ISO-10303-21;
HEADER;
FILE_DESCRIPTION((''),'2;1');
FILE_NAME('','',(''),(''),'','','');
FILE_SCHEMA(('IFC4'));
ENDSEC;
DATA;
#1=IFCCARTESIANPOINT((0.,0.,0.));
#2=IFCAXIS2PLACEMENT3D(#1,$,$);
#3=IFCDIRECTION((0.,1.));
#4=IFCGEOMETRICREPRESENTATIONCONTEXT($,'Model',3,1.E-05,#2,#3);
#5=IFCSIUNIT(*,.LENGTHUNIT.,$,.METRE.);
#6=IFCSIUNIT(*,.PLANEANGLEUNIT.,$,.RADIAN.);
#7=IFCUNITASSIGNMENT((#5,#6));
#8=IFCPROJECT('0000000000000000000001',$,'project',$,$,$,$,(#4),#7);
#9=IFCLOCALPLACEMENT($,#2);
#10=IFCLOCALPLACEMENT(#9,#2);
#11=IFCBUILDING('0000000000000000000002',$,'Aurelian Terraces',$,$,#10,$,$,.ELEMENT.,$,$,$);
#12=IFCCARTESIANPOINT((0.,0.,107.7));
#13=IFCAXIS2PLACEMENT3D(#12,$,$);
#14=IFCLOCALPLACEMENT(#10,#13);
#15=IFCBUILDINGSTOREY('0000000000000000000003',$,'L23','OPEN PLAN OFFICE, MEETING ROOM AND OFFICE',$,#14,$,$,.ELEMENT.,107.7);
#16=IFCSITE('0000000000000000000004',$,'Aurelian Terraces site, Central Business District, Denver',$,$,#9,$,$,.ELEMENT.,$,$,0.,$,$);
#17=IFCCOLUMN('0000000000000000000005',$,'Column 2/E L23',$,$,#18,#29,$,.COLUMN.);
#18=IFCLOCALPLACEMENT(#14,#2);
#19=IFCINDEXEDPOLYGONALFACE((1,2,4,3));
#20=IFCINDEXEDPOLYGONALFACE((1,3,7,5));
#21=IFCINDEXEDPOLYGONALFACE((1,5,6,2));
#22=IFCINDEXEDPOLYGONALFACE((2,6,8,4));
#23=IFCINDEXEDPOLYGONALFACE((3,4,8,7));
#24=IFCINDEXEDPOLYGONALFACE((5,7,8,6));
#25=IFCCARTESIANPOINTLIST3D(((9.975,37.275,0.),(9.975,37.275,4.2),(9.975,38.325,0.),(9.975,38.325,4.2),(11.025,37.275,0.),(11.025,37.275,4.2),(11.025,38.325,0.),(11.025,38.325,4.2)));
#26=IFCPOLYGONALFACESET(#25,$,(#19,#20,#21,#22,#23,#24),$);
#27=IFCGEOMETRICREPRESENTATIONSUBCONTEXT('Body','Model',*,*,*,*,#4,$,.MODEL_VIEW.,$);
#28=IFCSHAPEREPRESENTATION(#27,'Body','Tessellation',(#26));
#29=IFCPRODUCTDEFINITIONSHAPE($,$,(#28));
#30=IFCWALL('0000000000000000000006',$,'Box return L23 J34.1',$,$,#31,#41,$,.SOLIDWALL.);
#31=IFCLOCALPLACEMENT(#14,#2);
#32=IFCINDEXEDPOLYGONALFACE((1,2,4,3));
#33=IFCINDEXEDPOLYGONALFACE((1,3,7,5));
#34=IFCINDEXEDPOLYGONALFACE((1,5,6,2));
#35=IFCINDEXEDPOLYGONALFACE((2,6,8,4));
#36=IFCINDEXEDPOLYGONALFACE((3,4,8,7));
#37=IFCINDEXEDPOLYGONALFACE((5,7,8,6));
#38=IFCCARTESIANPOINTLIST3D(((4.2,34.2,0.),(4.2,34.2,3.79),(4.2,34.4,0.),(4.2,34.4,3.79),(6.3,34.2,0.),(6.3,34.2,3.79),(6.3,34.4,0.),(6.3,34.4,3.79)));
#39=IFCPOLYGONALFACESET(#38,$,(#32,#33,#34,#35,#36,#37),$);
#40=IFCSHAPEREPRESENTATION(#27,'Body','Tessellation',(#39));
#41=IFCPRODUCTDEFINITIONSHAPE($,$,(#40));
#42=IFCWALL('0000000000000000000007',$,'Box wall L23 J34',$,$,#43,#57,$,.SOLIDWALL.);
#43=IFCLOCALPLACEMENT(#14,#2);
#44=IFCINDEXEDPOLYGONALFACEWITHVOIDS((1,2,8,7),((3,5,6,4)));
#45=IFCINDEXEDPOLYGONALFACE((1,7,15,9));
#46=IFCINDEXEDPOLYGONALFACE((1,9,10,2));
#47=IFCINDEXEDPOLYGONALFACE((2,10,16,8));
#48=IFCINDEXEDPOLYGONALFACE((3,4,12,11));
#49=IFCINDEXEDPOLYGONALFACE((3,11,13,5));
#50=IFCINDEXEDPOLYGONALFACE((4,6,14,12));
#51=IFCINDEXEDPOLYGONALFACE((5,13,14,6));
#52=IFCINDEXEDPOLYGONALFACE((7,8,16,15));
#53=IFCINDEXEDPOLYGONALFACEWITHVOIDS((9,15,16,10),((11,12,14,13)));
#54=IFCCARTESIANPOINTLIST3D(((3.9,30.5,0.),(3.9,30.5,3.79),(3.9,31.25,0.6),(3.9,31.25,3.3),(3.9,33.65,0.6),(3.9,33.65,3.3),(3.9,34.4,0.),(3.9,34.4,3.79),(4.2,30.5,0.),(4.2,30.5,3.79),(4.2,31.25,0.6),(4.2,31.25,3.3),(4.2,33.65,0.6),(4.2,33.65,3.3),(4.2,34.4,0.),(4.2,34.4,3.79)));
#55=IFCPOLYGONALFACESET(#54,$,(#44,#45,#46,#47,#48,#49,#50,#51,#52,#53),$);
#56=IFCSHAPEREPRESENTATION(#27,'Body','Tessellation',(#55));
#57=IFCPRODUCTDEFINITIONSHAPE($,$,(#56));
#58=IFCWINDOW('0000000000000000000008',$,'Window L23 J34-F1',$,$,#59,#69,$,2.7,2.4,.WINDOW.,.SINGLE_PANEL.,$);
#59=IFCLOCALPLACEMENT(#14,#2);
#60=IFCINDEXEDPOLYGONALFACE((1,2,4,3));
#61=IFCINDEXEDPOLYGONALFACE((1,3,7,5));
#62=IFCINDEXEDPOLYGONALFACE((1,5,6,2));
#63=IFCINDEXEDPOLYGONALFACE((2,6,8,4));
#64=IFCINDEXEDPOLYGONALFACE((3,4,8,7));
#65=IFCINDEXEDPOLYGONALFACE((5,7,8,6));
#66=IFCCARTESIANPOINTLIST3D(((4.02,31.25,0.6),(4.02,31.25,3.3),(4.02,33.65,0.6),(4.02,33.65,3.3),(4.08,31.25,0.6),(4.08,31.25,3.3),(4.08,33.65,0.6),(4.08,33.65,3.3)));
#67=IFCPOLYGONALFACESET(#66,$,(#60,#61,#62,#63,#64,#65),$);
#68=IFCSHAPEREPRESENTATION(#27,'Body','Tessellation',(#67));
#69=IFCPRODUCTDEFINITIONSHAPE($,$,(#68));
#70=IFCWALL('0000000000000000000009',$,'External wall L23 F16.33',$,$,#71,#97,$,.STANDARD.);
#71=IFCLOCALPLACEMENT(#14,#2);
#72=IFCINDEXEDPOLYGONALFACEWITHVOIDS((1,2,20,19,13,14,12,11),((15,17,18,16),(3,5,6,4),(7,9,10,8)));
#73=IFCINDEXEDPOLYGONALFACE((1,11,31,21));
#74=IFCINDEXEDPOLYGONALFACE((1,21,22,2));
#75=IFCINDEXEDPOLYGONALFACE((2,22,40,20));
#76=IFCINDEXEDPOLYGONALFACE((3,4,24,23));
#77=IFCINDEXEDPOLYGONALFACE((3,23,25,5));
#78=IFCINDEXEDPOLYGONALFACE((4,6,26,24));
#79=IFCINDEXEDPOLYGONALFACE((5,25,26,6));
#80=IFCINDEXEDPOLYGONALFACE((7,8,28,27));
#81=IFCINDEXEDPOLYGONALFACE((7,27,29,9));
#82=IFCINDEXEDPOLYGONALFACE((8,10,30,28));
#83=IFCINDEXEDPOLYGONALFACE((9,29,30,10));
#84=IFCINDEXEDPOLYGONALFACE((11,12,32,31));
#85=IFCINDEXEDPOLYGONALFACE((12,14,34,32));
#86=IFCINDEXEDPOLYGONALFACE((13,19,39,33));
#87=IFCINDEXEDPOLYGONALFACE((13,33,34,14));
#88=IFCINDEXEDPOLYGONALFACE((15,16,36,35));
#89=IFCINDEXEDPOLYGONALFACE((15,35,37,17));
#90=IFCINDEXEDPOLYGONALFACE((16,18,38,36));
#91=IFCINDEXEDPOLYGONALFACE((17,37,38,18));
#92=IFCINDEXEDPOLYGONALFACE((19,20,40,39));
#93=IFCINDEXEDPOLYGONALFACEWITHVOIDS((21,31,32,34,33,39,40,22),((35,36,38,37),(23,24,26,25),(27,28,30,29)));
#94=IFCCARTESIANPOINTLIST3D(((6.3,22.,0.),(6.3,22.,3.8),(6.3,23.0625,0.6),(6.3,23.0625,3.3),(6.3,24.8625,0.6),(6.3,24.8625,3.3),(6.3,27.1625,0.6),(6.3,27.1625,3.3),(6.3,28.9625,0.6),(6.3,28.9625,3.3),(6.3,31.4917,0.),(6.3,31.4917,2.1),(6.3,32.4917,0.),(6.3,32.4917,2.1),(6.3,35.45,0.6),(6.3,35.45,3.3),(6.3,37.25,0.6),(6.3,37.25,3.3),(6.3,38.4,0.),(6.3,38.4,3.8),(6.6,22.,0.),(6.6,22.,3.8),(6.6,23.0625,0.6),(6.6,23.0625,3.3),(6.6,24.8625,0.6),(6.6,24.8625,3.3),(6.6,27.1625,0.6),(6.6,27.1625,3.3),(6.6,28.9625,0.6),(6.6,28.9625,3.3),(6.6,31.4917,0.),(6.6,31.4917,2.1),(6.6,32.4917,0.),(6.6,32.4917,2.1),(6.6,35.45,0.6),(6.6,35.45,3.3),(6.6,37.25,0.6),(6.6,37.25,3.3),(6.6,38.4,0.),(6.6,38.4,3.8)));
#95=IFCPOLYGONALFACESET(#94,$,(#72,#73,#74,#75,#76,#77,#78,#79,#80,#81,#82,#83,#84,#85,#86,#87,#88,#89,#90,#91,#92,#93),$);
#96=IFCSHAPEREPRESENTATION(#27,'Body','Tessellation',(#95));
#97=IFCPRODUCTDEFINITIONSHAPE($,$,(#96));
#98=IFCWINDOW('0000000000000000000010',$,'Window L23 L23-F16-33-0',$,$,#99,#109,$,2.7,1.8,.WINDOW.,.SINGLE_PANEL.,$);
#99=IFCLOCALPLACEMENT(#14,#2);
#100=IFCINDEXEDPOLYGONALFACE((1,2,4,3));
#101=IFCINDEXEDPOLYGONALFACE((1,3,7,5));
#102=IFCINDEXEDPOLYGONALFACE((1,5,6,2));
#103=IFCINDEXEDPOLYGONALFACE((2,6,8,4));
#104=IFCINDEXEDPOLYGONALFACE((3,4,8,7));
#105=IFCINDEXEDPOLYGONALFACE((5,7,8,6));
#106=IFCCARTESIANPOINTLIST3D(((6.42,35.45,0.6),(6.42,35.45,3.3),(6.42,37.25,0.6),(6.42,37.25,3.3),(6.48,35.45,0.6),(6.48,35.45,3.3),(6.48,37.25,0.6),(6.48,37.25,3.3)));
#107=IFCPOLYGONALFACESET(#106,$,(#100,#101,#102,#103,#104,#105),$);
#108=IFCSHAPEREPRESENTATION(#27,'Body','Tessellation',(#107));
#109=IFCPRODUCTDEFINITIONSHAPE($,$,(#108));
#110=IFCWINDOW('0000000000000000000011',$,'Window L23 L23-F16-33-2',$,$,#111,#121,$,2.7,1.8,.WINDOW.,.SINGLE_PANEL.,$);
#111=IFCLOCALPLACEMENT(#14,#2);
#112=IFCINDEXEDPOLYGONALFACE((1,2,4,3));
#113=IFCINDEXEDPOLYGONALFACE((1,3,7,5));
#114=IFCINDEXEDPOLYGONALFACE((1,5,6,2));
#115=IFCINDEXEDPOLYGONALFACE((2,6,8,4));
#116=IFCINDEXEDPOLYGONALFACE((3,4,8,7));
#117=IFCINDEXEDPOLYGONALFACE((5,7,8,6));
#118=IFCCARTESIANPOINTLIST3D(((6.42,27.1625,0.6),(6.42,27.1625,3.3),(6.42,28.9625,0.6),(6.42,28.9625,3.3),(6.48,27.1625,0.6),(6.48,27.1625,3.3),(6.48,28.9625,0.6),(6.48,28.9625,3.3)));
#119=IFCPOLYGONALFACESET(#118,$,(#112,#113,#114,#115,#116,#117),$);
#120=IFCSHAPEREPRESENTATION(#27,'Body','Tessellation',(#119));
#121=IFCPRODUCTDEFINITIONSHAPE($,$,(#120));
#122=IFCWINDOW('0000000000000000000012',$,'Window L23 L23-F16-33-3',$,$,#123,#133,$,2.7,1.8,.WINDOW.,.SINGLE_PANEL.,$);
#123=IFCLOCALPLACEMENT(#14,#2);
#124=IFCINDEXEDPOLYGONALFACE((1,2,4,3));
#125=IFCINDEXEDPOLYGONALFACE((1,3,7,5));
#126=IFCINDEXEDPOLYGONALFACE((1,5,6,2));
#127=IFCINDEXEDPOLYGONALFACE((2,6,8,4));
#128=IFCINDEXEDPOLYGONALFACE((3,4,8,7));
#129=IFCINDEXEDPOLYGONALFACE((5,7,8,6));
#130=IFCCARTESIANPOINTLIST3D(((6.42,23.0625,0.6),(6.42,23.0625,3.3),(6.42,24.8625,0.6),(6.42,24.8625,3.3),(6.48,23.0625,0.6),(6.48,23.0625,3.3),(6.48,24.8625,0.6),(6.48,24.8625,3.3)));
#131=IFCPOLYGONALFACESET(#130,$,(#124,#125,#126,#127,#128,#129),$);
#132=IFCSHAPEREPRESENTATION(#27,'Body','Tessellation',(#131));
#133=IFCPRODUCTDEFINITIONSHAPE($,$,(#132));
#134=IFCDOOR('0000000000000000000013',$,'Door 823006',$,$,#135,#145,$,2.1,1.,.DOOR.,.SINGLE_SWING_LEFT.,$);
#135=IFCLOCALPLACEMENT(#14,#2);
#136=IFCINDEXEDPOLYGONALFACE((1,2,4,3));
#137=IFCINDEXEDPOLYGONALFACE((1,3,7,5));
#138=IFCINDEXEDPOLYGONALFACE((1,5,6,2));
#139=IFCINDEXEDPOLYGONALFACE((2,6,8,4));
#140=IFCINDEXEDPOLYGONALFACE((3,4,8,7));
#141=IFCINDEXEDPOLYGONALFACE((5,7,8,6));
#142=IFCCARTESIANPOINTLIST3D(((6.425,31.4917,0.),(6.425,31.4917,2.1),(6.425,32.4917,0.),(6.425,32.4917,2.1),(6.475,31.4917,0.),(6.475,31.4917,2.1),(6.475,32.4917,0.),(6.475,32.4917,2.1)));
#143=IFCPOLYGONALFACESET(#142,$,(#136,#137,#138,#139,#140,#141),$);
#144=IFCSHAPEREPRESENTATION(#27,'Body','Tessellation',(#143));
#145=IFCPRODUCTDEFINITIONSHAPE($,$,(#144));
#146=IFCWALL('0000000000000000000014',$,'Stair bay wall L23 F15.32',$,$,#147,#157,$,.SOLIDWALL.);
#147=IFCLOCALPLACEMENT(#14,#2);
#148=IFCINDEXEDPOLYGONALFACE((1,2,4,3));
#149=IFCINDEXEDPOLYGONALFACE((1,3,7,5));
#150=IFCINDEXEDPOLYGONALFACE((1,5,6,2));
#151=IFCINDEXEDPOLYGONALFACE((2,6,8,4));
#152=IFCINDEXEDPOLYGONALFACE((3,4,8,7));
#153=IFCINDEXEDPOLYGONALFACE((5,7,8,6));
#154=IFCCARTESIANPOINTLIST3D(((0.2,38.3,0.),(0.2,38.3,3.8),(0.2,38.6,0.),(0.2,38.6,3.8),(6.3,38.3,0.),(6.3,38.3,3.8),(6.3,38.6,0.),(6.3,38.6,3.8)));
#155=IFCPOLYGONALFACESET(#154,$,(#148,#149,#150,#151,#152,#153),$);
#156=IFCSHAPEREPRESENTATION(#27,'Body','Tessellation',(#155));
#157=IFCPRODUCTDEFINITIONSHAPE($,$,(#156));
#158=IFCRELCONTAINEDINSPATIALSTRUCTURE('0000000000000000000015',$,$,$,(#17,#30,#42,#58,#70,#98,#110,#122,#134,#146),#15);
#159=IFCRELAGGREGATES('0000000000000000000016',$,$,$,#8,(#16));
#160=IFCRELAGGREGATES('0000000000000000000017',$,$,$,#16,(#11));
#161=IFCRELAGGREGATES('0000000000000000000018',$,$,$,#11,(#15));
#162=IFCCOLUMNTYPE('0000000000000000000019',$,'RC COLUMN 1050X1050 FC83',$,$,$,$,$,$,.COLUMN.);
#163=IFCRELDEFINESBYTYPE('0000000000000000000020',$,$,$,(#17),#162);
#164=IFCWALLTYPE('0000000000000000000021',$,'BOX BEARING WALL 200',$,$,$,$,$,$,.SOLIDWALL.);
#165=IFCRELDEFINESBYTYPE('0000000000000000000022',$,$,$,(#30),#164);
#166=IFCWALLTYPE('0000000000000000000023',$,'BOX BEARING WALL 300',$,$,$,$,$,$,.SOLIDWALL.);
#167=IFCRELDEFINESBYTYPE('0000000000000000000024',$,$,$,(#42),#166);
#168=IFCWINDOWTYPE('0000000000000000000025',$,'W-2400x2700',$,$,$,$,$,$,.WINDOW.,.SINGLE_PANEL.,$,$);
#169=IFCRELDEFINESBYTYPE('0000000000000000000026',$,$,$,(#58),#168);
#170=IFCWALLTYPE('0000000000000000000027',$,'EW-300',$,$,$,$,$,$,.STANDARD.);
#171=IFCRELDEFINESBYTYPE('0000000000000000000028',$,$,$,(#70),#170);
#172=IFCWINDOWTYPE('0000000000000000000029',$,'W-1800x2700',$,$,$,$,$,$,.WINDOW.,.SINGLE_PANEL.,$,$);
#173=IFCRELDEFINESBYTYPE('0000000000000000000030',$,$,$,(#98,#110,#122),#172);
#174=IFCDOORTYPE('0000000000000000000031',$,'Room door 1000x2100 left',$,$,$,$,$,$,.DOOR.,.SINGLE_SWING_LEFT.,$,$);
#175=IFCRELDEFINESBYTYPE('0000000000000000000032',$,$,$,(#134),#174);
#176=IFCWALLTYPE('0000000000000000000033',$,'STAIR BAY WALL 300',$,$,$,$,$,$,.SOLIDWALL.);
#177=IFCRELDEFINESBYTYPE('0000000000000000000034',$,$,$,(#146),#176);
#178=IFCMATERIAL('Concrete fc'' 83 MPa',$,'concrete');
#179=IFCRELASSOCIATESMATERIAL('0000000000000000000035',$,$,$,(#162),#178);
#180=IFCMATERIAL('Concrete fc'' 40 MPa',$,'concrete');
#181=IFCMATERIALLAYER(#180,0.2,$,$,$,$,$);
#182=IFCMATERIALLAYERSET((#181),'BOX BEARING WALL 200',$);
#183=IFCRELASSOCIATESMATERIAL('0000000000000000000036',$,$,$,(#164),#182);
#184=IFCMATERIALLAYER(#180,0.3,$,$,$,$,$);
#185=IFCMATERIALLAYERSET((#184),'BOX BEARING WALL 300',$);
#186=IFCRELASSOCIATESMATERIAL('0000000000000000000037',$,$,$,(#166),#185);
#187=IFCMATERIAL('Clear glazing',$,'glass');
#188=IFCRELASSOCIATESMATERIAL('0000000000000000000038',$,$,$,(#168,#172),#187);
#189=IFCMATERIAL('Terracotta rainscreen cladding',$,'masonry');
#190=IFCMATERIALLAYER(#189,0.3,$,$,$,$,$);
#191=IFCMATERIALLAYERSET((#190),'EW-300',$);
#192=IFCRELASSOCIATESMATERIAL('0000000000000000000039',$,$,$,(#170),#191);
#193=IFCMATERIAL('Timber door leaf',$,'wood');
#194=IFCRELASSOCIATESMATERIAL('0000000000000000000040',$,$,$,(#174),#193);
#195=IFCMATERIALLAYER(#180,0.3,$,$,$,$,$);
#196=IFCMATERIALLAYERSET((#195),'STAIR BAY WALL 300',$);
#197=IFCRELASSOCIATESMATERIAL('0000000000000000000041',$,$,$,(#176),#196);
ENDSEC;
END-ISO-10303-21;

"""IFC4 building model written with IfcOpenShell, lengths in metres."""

from ifc_helpers import new_model, si_unit, direction, frame, frame_2d, origin, origin_2d, place, context, subcontext, project, spatial, rectangle, extrude, source, transform, mapped, material, layer, layer_set, material_profile, profile_set, type_object, element, fill, save


model = new_model("IFC4")

# Units and contexts
model_context = context("Model", 3, precision=1e-05, world=origin(), true_north=direction((0.0, 1.0)))
body_context = subcontext(model_context, "Body", "Model", "MODEL_VIEW")
ifc_project = project(units=[si_unit("LENGTHUNIT", "METRE"), si_unit("PLANEANGLEUNIT", "RADIAN")], contexts=[model_context])

# Site, building, storey
site_placement = place(None, origin())
site = spatial("IfcSite", under=ifc_project, at=site_placement, Name="Aurelian Terraces site, Central Business District, Denver", CompositionType="ELEMENT", RefElevation=0.0)
building_placement = place(site_placement, origin())
building = spatial("IfcBuilding", under=site, at=building_placement, Name="Aurelian Terraces", CompositionType="ELEMENT")
storey_placement = place(building_placement, frame((0.0, 0.0, 107.7)))
storey = spatial("IfcBuildingStorey", under=building, at=storey_placement, Name="L23", Description="OPEN PLAN OFFICE, MEETING ROOM AND OFFICE", CompositionType="ELEMENT", Elevation=107.7)

# Column
ifc_material_1 = material(Name="Concrete fc' 83 MPa", Category="concrete")
ifc_material_profile = material_profile(ifc_material_1, rectangle(XDim=1.05, YDim=1.05, at=origin_2d()))
ifc_profile_set = profile_set([ifc_material_profile], Name="Concrete fc' 83 MPa")
column_type = type_object("IfcColumnType", Name="RC COLUMN 1050X1050 FC83", PredefinedType="COLUMN", material=ifc_profile_set)
shared_shape_1 = source(origin(), body_context, "Body", "SweptSolid", [
    extrude(rectangle(XDim=1.05, YDim=1.05, at=origin_2d()), origin(), (0.0, 0.0, 1.0), 4.2),
])
column_placement = place(storey_placement, frame((10.5, 37.8, 0.0), z_axis=(0.0, 0.0, 1.0), x_axis=(1.0, 0.0, 0.0)))
element("IfcColumn", 1, at=column_placement, inside=storey, type_object=column_type, Name="Column 2/E L23", PredefinedType="COLUMN", context=body_context, shape_type="MappedRepresentation", body=[
    mapped(shared_shape_1, transform((0.0, 0.0, 0.0), scale=1.0)),
])

# Wall
ifc_material_2 = material(Name="Concrete fc' 40 MPa", Category="concrete")
ifc_layer_1 = layer(ifc_material_2, 0.2)
ifc_layer_set_1 = layer_set([ifc_layer_1], Name="BOX BEARING WALL 200")
wall_type_1 = type_object("IfcWallType", Name="BOX BEARING WALL 200", PredefinedType="SOLIDWALL", material=ifc_layer_set_1)
wall_1_placement = place(storey_placement, frame((6.3, 34.3, 0.0), z_axis=(0.0, 0.0, 1.0), x_axis=(-1.0, 0.0, 0.0)))
element("IfcWall", 2, at=wall_1_placement, inside=storey, type_object=wall_type_1, Name="Box return L23 J34.1", PredefinedType="SOLIDWALL", context=body_context, shape_type="SweptSolid", body=[
    extrude(rectangle(XDim=2.1, YDim=0.2, at=frame_2d((1.05, 0.0))), origin(), (0.0, 0.0, 1.0), 3.79),
])

# Wall, opening, window
ifc_layer_2 = layer(ifc_material_2, 0.3)
ifc_layer_set_2 = layer_set([ifc_layer_2], Name="BOX BEARING WALL 300")
wall_type_2 = type_object("IfcWallType", Name="BOX BEARING WALL 300", PredefinedType="SOLIDWALL", material=ifc_layer_set_2)
wall_2_placement = place(storey_placement, frame((4.05, 34.4, 0.0), z_axis=(0.0, 0.0, 1.0), x_axis=(0.0, -1.0, 0.0)))
wall_2 = element("IfcWall", 3, at=wall_2_placement, inside=storey, type_object=wall_type_2, Name="Box wall L23 J34", PredefinedType="SOLIDWALL", context=body_context, shape_type="SweptSolid", body=[
    extrude(rectangle(XDim=3.9, YDim=0.3, at=frame_2d((1.95, 0.0))), origin(), (0.0, 0.0, 1.0), 3.79),
])
shared_shape_2 = source(origin(), body_context, "Body", "SweptSolid", [
    extrude(rectangle(XDim=2.4, YDim=2.7, at=frame_2d((1.2, 1.35))), frame((0.0, 0.16, 0.0), z_axis=(0.0, -1.0, 0.0), x_axis=(1.0, 0.0, 0.0)), (0.0, 0.0, 1.0), 0.32),
])
opening_1_placement = place(wall_2_placement, frame((0.75, 0.0, 0.6)))
opening_1 = element("IfcOpeningElement", 4, at=opening_1_placement, cuts=wall_2, PredefinedType="OPENING", context=body_context, shape_type="MappedRepresentation", body=[
    mapped(shared_shape_2, transform((0.0, 0.0, 0.0), scale=1.0)),
])
ifc_material_3 = material(Name="Clear glazing", Category="glass")
window_type_1 = type_object("IfcWindowType", Name="W-2400x2700", PartitioningType="SINGLE_PANEL", PredefinedType="WINDOW", material=ifc_material_3)
shared_shape_3 = source(origin(), body_context, "Body", "SweptSolid", [
    extrude(rectangle(XDim=2.4, YDim=2.7, at=frame_2d((1.2, 1.35))), frame((0.0, 0.03, 0.0), z_axis=(0.0, -1.0, 0.0), x_axis=(1.0, 0.0, 0.0)), (0.0, 0.0, 1.0), 0.06),
])
window_1_placement = place(opening_1_placement, origin())
window_1 = element("IfcWindow", 5, at=window_1_placement, inside=storey, type_object=window_type_1, Name="Window L23 J34-F1", OverallHeight=2.7, OverallWidth=2.4, PartitioningType="SINGLE_PANEL", PredefinedType="WINDOW", context=body_context, shape_type="MappedRepresentation", body=[
    mapped(shared_shape_3, transform((0.0, 0.0, 0.0), scale=1.0)),
])
fill(opening_1, window_1)

# Wall, openings, windows, door
ifc_material_4 = material(Name="Terracotta rainscreen cladding", Category="masonry")
ifc_layer_3 = layer(ifc_material_4, 0.3)
ifc_layer_set_3 = layer_set([ifc_layer_3], Name="EW-300")
wall_type_3 = type_object("IfcWallType", Name="EW-300", PredefinedType="STANDARD", material=ifc_layer_set_3)
wall_3_placement = place(storey_placement, frame((6.45, 38.4, 0.0), z_axis=(0.0, 0.0, 1.0), x_axis=(0.0, -1.0, 0.0)))
wall_3 = element("IfcWall", 6, at=wall_3_placement, inside=storey, type_object=wall_type_3, Name="External wall L23 F16.33", PredefinedType="STANDARD", context=body_context, shape_type="SweptSolid", body=[
    extrude(rectangle(XDim=16.4, YDim=0.3, at=frame_2d((8.2, 0.0))), origin(), (0.0, 0.0, 1.0), 3.8),
])
shared_shape_4 = source(origin(), body_context, "Body", "SweptSolid", [
    extrude(rectangle(XDim=1.8, YDim=2.7, at=frame_2d((0.9, 1.35))), frame((0.0, 0.16, 0.0), z_axis=(0.0, -1.0, 0.0), x_axis=(1.0, 0.0, 0.0)), (0.0, 0.0, 1.0), 0.32),
])
opening_2_placement = place(wall_3_placement, frame((1.15, 0.0, 0.6)))
opening_2 = element("IfcOpeningElement", 7, at=opening_2_placement, cuts=wall_3, PredefinedType="OPENING", context=body_context, shape_type="MappedRepresentation", body=[
    mapped(shared_shape_4, transform((0.0, 0.0, 0.0), scale=1.0)),
])
opening_3_placement = place(wall_3_placement, frame((9.4375, 0.0, 0.6)))
opening_3 = element("IfcOpeningElement", 8, at=opening_3_placement, cuts=wall_3, PredefinedType="OPENING", context=body_context, shape_type="MappedRepresentation", body=[
    mapped(shared_shape_4, transform((0.0, 0.0, 0.0), scale=1.0)),
])
opening_4_placement = place(wall_3_placement, frame((13.5375, 0.0, 0.6)))
opening_4 = element("IfcOpeningElement", 9, at=opening_4_placement, cuts=wall_3, PredefinedType="OPENING", context=body_context, shape_type="MappedRepresentation", body=[
    mapped(shared_shape_4, transform((0.0, 0.0, 0.0), scale=1.0)),
])
shared_shape_5 = source(origin(), body_context, "Body", "SweptSolid", [
    extrude(rectangle(XDim=1.0, YDim=2.1, at=frame_2d((0.5, 1.05))), frame((0.0, 0.16, 0.0), z_axis=(0.0, -1.0, 0.0), x_axis=(1.0, 0.0, 0.0)), (0.0, 0.0, 1.0), 0.32),
])
opening_5_placement = place(wall_3_placement, frame((5.9083, 0.0, 0.0)))
opening_5 = element("IfcOpeningElement", 10, at=opening_5_placement, cuts=wall_3, PredefinedType="OPENING", context=body_context, shape_type="MappedRepresentation", body=[
    mapped(shared_shape_5, transform((0.0, 0.0, 0.0), scale=1.0)),
])
window_type_2 = type_object("IfcWindowType", Name="W-1800x2700", PartitioningType="SINGLE_PANEL", PredefinedType="WINDOW", material=ifc_material_3)
shared_shape_6 = source(origin(), body_context, "Body", "SweptSolid", [
    extrude(rectangle(XDim=1.8, YDim=2.7, at=frame_2d((0.9, 1.35))), frame((0.0, 0.03, 0.0), z_axis=(0.0, -1.0, 0.0), x_axis=(1.0, 0.0, 0.0)), (0.0, 0.0, 1.0), 0.06),
])
window_2_placement = place(opening_2_placement, origin())
window_2 = element("IfcWindow", 11, at=window_2_placement, inside=storey, type_object=window_type_2, Name="Window L23 L23-F16-33-0", OverallHeight=2.7, OverallWidth=1.8, PartitioningType="SINGLE_PANEL", PredefinedType="WINDOW", context=body_context, shape_type="MappedRepresentation", body=[
    mapped(shared_shape_6, transform((0.0, 0.0, 0.0), scale=1.0)),
])
fill(opening_2, window_2)
window_3_placement = place(opening_3_placement, origin())
window_3 = element("IfcWindow", 12, at=window_3_placement, inside=storey, type_object=window_type_2, Name="Window L23 L23-F16-33-2", OverallHeight=2.7, OverallWidth=1.8, PartitioningType="SINGLE_PANEL", PredefinedType="WINDOW", context=body_context, shape_type="MappedRepresentation", body=[
    mapped(shared_shape_6, transform((0.0, 0.0, 0.0), scale=1.0)),
])
fill(opening_3, window_3)
window_4_placement = place(opening_4_placement, origin())
window_4 = element("IfcWindow", 13, at=window_4_placement, inside=storey, type_object=window_type_2, Name="Window L23 L23-F16-33-3", OverallHeight=2.7, OverallWidth=1.8, PartitioningType="SINGLE_PANEL", PredefinedType="WINDOW", context=body_context, shape_type="MappedRepresentation", body=[
    mapped(shared_shape_6, transform((0.0, 0.0, 0.0), scale=1.0)),
])
fill(opening_4, window_4)
ifc_material_5 = material(Name="Timber door leaf", Category="wood")
door_type_1 = type_object("IfcDoorType", Name="Room door 1000x2100 left", OperationType="SINGLE_SWING_LEFT", PredefinedType="DOOR", material=ifc_material_5)
shared_shape_7 = source(origin(), body_context, "Body", "SweptSolid", [
    extrude(rectangle(XDim=1.0, YDim=2.1, at=frame_2d((0.5, 1.05))), frame((0.0, 0.025, 0.0), z_axis=(0.0, -1.0, 0.0), x_axis=(1.0, 0.0, 0.0)), (0.0, 0.0, 1.0), 0.05),
])
door_1_placement = place(opening_5_placement, origin())
door_1 = element("IfcDoor", 14, at=door_1_placement, inside=storey, type_object=door_type_1, Name="Door 823006", OperationType="SINGLE_SWING_LEFT", OverallHeight=2.1, OverallWidth=1.0, PredefinedType="DOOR", context=body_context, shape_type="MappedRepresentation", body=[
    mapped(shared_shape_7, transform((0.0, 0.0, 0.0), scale=1.0)),
])
fill(opening_5, door_1)

# Wall
ifc_layer_4 = layer(ifc_material_2, 0.3)
ifc_layer_set_4 = layer_set([ifc_layer_4], Name="STAIR BAY WALL 300")
wall_type_4 = type_object("IfcWallType", Name="STAIR BAY WALL 300", PredefinedType="SOLIDWALL", material=ifc_layer_set_4)
shared_shape_8 = source(origin(), body_context, "Body", "SweptSolid", [
    extrude(rectangle(XDim=6.1, YDim=0.3, at=frame_2d((3.05, 0.0))), origin(), (0.0, 0.0, 1.0), 3.8),
])
wall_4_placement = place(storey_placement, frame((0.2, 38.45, 0.0), z_axis=(0.0, 0.0, 1.0), x_axis=(1.0, 0.0, 0.0)))
element("IfcWall", 15, at=wall_4_placement, inside=storey, type_object=wall_type_4, Name="Stair bay wall L23 F15.32", PredefinedType="SOLIDWALL", context=body_context, shape_type="MappedRepresentation", body=[
    mapped(shared_shape_8, transform((0.0, 0.0, 0.0), scale=1.0)),
])

save(model, "model.ifc")
